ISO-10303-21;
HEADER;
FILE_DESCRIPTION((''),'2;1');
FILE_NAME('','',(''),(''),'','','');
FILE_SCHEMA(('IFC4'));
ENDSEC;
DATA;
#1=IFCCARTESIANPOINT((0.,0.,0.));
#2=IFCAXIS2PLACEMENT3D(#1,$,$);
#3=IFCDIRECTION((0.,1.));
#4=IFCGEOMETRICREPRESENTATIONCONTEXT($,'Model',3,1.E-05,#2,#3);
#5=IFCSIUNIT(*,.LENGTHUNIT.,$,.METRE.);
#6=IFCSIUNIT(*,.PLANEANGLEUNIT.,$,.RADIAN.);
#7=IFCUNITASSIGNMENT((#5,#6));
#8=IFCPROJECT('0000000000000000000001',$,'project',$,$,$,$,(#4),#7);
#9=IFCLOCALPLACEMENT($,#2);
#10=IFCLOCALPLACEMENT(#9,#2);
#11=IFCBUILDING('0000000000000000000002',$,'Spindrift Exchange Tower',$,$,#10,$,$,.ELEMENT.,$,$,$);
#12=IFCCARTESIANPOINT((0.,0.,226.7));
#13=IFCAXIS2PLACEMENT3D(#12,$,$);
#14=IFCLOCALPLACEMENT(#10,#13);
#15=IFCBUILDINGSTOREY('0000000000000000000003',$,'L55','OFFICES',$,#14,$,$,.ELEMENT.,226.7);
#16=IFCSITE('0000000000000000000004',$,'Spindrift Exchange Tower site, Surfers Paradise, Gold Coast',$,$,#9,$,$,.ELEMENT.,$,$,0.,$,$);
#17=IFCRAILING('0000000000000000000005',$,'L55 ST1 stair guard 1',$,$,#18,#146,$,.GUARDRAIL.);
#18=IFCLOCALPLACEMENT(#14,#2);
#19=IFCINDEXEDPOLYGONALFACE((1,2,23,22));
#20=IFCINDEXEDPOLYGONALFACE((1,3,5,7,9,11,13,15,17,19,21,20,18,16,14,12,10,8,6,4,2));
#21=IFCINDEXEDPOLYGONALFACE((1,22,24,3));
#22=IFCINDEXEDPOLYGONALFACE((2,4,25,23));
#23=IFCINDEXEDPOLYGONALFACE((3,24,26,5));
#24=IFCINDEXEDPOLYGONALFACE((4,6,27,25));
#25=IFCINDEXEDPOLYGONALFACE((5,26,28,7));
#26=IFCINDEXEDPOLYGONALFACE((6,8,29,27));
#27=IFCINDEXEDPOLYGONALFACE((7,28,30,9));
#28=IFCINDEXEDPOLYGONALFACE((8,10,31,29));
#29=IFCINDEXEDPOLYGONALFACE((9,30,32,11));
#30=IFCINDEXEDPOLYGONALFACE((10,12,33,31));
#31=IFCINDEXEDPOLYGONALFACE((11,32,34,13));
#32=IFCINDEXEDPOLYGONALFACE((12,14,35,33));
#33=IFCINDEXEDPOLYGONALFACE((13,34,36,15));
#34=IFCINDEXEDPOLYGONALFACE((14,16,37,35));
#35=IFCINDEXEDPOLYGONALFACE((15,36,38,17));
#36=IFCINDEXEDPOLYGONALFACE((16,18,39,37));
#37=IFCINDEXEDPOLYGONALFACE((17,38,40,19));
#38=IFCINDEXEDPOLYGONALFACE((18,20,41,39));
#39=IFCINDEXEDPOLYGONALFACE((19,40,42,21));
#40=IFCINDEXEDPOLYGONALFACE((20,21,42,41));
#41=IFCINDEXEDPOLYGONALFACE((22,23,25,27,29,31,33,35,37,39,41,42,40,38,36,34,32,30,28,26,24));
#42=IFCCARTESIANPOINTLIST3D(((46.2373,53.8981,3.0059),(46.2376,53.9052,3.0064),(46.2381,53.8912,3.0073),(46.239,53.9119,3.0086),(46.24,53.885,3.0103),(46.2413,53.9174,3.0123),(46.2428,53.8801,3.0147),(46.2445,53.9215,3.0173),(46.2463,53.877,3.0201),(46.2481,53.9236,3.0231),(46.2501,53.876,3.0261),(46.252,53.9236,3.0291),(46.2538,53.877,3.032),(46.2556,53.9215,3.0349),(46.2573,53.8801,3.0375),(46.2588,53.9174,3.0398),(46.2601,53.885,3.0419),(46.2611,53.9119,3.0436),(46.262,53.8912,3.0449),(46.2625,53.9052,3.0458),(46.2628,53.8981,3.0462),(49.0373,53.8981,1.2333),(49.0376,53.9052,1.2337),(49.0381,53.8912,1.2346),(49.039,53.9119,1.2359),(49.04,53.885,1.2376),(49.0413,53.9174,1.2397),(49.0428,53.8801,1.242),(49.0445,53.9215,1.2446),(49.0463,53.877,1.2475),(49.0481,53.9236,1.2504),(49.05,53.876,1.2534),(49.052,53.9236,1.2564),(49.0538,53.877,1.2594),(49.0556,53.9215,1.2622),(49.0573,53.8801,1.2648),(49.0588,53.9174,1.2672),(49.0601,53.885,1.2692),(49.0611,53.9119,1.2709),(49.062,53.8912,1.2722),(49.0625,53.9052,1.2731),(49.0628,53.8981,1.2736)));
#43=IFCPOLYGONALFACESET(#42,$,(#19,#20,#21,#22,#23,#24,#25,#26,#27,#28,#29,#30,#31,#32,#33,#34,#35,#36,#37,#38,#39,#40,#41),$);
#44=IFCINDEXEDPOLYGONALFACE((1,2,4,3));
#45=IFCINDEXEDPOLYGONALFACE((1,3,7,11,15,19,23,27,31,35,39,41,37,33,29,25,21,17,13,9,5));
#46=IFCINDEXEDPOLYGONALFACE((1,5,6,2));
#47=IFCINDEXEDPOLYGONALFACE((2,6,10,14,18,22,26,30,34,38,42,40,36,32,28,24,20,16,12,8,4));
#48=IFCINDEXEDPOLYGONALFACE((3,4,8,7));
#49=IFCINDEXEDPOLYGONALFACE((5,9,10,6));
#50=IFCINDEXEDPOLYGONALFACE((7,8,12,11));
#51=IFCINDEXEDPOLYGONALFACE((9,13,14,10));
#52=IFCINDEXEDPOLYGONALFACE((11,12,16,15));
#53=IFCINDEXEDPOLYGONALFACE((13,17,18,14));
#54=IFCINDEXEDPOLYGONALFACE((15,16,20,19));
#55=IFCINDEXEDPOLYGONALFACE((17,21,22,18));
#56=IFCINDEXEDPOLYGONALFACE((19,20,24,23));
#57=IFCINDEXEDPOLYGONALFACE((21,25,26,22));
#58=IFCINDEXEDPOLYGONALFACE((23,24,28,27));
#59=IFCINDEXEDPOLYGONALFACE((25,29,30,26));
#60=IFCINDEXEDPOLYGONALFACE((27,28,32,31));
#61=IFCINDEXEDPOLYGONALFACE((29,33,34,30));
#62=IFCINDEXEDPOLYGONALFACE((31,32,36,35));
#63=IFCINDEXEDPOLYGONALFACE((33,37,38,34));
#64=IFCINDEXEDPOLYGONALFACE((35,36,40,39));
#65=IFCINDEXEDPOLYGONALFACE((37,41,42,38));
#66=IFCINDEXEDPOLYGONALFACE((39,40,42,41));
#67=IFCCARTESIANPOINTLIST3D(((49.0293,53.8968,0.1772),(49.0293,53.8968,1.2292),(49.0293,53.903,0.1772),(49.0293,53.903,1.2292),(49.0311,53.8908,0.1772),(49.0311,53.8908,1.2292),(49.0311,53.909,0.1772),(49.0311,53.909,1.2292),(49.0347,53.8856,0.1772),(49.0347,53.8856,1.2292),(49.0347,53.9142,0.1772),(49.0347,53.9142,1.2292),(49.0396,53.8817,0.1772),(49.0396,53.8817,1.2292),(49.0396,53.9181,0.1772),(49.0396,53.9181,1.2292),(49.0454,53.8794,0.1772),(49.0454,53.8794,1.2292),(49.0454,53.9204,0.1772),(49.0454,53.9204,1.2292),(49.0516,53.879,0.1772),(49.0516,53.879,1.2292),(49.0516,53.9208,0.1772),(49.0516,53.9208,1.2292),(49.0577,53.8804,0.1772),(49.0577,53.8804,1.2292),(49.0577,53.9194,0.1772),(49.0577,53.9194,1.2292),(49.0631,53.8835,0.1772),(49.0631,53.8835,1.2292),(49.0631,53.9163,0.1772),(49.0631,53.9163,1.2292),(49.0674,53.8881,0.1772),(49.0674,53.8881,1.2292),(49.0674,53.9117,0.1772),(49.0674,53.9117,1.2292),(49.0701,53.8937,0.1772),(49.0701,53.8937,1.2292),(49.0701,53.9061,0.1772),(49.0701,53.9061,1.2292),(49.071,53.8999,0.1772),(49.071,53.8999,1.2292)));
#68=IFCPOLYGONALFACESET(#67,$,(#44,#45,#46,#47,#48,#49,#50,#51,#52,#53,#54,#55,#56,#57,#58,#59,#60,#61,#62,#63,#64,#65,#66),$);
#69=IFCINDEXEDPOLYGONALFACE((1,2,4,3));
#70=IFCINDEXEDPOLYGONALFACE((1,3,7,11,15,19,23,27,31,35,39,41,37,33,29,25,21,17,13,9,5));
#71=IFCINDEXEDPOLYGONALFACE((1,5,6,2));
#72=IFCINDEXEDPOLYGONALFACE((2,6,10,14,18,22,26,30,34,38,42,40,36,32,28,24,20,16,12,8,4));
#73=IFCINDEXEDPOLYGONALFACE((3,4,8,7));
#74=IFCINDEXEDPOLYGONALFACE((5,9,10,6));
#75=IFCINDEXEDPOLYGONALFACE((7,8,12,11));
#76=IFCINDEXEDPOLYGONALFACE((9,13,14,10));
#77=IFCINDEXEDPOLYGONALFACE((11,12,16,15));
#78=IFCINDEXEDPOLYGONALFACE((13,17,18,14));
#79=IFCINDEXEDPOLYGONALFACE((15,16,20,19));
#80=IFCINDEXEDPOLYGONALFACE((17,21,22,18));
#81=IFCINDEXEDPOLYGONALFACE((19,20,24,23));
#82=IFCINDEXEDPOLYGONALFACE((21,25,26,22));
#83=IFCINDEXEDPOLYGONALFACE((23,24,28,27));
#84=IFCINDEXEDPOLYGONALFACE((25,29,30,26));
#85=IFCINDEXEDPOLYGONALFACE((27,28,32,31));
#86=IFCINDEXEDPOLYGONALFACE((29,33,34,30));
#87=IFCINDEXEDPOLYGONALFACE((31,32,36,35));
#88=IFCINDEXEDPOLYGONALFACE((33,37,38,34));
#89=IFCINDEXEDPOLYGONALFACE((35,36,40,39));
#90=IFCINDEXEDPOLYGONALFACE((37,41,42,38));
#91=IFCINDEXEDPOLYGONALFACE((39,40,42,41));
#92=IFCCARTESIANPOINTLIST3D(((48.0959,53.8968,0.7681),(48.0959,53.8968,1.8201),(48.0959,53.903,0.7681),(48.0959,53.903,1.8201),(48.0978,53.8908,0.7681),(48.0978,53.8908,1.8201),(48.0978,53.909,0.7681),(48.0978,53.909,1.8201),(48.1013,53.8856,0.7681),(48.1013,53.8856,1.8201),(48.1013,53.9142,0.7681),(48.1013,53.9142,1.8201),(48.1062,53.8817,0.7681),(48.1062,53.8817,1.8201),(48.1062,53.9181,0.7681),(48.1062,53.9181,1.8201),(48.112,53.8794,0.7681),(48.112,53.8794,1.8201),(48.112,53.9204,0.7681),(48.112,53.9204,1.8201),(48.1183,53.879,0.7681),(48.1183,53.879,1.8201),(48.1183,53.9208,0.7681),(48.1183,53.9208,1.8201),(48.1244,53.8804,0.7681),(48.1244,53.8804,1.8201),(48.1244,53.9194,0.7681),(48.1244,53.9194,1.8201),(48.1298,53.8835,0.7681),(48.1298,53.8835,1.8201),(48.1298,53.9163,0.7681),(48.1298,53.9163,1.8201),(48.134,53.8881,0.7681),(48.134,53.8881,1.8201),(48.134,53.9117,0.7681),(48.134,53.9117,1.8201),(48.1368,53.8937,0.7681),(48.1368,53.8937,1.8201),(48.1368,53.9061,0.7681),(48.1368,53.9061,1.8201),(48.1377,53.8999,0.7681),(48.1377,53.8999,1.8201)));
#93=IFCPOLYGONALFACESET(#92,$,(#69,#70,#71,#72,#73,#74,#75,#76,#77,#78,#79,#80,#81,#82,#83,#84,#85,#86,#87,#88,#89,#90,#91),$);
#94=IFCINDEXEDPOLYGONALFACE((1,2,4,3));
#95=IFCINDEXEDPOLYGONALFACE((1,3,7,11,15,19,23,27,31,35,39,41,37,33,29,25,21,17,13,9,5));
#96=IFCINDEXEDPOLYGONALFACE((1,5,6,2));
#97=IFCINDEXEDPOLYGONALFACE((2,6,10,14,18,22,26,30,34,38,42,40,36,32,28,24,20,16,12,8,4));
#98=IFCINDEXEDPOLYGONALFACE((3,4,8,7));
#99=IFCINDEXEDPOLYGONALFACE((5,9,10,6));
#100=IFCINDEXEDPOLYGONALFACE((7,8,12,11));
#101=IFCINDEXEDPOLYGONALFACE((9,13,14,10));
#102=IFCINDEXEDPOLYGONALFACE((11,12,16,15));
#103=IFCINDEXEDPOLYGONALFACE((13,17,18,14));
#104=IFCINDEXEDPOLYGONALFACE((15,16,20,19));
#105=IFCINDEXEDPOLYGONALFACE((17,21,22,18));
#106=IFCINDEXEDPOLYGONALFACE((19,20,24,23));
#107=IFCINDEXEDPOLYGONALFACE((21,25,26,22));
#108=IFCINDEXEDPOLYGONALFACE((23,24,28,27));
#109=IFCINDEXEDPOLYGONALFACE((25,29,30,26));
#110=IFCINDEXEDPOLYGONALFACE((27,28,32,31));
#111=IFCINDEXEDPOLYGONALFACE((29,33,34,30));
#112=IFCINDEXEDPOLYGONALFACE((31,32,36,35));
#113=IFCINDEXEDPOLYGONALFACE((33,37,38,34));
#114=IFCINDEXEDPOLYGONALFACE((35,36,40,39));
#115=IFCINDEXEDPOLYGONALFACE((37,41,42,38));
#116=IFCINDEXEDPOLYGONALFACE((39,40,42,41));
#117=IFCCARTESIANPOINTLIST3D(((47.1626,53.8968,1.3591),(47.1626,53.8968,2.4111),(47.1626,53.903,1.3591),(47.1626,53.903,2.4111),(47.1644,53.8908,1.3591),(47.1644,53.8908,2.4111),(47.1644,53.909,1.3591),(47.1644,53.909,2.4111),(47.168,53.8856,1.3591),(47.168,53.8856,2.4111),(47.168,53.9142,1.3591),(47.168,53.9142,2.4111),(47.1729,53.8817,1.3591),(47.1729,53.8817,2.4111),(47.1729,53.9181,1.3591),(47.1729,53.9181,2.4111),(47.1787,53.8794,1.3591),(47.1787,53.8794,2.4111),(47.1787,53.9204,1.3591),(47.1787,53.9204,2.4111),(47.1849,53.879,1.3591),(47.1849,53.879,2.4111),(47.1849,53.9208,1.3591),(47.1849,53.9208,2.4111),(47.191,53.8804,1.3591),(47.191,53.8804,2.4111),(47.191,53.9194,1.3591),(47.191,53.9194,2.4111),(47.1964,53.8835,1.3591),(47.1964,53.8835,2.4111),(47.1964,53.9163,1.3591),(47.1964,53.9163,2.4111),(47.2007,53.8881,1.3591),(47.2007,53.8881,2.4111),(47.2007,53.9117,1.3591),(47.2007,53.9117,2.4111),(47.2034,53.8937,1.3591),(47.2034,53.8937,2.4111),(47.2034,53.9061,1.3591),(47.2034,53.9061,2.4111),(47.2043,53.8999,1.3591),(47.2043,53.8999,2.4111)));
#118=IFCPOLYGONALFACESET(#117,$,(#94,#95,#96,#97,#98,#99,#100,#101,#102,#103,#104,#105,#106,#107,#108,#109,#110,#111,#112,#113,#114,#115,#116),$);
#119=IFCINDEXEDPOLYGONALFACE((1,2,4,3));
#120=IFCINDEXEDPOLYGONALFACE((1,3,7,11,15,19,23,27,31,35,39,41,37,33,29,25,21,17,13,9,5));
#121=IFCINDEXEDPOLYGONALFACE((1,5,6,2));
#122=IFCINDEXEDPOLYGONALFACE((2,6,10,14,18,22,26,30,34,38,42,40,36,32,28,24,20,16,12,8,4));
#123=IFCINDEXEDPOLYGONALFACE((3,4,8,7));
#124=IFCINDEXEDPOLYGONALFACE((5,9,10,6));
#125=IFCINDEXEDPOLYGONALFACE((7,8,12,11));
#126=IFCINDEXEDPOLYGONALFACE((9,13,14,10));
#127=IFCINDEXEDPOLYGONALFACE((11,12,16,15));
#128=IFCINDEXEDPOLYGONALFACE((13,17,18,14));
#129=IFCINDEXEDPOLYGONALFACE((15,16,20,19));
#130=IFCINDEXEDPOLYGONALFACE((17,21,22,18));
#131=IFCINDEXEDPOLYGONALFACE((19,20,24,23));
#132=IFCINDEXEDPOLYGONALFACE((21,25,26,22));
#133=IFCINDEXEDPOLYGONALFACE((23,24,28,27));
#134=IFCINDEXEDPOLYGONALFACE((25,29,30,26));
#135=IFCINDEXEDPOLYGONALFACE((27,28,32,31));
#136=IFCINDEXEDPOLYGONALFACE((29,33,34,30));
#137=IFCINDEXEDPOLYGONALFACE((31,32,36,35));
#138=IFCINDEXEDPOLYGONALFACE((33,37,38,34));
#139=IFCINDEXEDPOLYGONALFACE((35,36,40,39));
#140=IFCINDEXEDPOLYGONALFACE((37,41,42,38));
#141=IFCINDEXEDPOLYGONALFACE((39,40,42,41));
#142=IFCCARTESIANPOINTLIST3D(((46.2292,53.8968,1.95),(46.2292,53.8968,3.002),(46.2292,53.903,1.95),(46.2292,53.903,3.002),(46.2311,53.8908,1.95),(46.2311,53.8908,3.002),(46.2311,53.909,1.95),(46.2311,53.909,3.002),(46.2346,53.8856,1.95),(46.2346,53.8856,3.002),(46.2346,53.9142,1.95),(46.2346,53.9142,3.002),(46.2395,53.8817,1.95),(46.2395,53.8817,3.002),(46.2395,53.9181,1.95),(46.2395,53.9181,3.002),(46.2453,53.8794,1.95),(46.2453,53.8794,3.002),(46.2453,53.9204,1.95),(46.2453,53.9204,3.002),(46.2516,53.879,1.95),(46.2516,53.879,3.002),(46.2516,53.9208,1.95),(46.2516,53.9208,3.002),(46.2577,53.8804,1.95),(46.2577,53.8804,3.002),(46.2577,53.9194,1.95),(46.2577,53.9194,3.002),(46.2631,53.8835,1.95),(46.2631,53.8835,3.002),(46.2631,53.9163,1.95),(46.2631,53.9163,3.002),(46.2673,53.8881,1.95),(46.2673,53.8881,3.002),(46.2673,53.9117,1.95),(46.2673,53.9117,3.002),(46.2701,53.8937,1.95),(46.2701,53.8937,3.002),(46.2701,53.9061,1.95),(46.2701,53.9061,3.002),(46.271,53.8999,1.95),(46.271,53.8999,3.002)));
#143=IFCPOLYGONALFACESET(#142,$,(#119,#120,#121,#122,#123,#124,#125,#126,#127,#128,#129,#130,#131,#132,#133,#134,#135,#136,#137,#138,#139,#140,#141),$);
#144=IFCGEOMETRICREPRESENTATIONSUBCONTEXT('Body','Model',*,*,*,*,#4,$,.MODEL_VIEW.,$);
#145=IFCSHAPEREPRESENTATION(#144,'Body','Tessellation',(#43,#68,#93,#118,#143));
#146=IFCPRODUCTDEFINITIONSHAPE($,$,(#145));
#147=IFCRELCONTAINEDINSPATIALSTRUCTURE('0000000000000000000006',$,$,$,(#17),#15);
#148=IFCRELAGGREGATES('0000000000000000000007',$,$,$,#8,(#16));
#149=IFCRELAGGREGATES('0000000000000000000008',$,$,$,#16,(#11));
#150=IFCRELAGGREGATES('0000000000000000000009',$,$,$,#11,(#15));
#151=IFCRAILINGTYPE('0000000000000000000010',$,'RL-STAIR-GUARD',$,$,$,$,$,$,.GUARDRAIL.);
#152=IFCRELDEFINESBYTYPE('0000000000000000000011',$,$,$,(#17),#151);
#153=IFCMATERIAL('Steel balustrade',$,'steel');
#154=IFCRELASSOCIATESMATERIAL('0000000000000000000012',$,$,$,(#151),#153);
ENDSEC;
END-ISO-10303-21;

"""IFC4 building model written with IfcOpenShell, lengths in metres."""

from ifc_helpers import new_model, si_unit, direction, frame, origin, origin_2d, place, context, subcontext, project, spatial, circle, extrude, material, type_object, element, save


model = new_model("IFC4")

# Units and contexts
model_context = context("Model", 3, precision=1e-05, world=origin(), true_north=direction((0.0, 1.0)))
body_context = subcontext(model_context, "Body", "Model", "MODEL_VIEW")
ifc_project = project(units=[si_unit("LENGTHUNIT", "METRE"), si_unit("PLANEANGLEUNIT", "RADIAN")], contexts=[model_context])

# Site, building, storey
site_placement = place(None, origin())
site = spatial("IfcSite", under=ifc_project, at=site_placement, Name="Spindrift Exchange Tower site, Surfers Paradise, Gold Coast", CompositionType="ELEMENT", RefElevation=0.0)
building_placement = place(site_placement, origin())
building = spatial("IfcBuilding", under=site, at=building_placement, Name="Spindrift Exchange Tower", CompositionType="ELEMENT")
storey_placement = place(building_placement, frame((0.0, 0.0, 226.7)))
storey = spatial("IfcBuildingStorey", under=building, at=storey_placement, Name="L55", Description="OFFICES", CompositionType="ELEMENT", Elevation=226.7)

# Railing
ifc_material_1 = material(Name="Steel balustrade", Category="steel")
railing_type_1 = type_object("IfcRailingType", Name="RL-STAIR-GUARD", PredefinedType="GUARDRAIL", material=ifc_material_1)
railing_1_placement = place(storey_placement, frame((49.05, 53.8999, 0.1772)))
element("IfcRailing", 1, at=railing_1_placement, inside=storey, type_object=railing_type_1, Name="L55 ST1 stair guard 1", PredefinedType="GUARDRAIL", context=body_context, shape_type="SweptSolid", body=[
    extrude(circle(Radius=0.0239, at=origin_2d()), frame((0.0, 0.0, 1.0762), z_axis=(-0.844909, 0.0, 0.53491), x_axis=(0.0, -1.0, 0.0)), (0.0, 0.0, 1.0), 3.314),
    extrude(circle(Radius=0.021, at=origin_2d()), origin(), (0.0, 0.0, 1.0), 1.052),
    extrude(circle(Radius=0.021, at=origin_2d()), frame((-0.9333, 0.0, 0.5908)), (0.0, 0.0, 1.0), 1.052),
    extrude(circle(Radius=0.021, at=origin_2d()), frame((-1.8667, 0.0, 1.1819)), (0.0, 0.0, 1.0), 1.052),
    extrude(circle(Radius=0.021, at=origin_2d()), frame((-2.8, 0.0, 1.7727)), (0.0, 0.0, 1.0), 1.052),
])

save(model, "model.ifc")
